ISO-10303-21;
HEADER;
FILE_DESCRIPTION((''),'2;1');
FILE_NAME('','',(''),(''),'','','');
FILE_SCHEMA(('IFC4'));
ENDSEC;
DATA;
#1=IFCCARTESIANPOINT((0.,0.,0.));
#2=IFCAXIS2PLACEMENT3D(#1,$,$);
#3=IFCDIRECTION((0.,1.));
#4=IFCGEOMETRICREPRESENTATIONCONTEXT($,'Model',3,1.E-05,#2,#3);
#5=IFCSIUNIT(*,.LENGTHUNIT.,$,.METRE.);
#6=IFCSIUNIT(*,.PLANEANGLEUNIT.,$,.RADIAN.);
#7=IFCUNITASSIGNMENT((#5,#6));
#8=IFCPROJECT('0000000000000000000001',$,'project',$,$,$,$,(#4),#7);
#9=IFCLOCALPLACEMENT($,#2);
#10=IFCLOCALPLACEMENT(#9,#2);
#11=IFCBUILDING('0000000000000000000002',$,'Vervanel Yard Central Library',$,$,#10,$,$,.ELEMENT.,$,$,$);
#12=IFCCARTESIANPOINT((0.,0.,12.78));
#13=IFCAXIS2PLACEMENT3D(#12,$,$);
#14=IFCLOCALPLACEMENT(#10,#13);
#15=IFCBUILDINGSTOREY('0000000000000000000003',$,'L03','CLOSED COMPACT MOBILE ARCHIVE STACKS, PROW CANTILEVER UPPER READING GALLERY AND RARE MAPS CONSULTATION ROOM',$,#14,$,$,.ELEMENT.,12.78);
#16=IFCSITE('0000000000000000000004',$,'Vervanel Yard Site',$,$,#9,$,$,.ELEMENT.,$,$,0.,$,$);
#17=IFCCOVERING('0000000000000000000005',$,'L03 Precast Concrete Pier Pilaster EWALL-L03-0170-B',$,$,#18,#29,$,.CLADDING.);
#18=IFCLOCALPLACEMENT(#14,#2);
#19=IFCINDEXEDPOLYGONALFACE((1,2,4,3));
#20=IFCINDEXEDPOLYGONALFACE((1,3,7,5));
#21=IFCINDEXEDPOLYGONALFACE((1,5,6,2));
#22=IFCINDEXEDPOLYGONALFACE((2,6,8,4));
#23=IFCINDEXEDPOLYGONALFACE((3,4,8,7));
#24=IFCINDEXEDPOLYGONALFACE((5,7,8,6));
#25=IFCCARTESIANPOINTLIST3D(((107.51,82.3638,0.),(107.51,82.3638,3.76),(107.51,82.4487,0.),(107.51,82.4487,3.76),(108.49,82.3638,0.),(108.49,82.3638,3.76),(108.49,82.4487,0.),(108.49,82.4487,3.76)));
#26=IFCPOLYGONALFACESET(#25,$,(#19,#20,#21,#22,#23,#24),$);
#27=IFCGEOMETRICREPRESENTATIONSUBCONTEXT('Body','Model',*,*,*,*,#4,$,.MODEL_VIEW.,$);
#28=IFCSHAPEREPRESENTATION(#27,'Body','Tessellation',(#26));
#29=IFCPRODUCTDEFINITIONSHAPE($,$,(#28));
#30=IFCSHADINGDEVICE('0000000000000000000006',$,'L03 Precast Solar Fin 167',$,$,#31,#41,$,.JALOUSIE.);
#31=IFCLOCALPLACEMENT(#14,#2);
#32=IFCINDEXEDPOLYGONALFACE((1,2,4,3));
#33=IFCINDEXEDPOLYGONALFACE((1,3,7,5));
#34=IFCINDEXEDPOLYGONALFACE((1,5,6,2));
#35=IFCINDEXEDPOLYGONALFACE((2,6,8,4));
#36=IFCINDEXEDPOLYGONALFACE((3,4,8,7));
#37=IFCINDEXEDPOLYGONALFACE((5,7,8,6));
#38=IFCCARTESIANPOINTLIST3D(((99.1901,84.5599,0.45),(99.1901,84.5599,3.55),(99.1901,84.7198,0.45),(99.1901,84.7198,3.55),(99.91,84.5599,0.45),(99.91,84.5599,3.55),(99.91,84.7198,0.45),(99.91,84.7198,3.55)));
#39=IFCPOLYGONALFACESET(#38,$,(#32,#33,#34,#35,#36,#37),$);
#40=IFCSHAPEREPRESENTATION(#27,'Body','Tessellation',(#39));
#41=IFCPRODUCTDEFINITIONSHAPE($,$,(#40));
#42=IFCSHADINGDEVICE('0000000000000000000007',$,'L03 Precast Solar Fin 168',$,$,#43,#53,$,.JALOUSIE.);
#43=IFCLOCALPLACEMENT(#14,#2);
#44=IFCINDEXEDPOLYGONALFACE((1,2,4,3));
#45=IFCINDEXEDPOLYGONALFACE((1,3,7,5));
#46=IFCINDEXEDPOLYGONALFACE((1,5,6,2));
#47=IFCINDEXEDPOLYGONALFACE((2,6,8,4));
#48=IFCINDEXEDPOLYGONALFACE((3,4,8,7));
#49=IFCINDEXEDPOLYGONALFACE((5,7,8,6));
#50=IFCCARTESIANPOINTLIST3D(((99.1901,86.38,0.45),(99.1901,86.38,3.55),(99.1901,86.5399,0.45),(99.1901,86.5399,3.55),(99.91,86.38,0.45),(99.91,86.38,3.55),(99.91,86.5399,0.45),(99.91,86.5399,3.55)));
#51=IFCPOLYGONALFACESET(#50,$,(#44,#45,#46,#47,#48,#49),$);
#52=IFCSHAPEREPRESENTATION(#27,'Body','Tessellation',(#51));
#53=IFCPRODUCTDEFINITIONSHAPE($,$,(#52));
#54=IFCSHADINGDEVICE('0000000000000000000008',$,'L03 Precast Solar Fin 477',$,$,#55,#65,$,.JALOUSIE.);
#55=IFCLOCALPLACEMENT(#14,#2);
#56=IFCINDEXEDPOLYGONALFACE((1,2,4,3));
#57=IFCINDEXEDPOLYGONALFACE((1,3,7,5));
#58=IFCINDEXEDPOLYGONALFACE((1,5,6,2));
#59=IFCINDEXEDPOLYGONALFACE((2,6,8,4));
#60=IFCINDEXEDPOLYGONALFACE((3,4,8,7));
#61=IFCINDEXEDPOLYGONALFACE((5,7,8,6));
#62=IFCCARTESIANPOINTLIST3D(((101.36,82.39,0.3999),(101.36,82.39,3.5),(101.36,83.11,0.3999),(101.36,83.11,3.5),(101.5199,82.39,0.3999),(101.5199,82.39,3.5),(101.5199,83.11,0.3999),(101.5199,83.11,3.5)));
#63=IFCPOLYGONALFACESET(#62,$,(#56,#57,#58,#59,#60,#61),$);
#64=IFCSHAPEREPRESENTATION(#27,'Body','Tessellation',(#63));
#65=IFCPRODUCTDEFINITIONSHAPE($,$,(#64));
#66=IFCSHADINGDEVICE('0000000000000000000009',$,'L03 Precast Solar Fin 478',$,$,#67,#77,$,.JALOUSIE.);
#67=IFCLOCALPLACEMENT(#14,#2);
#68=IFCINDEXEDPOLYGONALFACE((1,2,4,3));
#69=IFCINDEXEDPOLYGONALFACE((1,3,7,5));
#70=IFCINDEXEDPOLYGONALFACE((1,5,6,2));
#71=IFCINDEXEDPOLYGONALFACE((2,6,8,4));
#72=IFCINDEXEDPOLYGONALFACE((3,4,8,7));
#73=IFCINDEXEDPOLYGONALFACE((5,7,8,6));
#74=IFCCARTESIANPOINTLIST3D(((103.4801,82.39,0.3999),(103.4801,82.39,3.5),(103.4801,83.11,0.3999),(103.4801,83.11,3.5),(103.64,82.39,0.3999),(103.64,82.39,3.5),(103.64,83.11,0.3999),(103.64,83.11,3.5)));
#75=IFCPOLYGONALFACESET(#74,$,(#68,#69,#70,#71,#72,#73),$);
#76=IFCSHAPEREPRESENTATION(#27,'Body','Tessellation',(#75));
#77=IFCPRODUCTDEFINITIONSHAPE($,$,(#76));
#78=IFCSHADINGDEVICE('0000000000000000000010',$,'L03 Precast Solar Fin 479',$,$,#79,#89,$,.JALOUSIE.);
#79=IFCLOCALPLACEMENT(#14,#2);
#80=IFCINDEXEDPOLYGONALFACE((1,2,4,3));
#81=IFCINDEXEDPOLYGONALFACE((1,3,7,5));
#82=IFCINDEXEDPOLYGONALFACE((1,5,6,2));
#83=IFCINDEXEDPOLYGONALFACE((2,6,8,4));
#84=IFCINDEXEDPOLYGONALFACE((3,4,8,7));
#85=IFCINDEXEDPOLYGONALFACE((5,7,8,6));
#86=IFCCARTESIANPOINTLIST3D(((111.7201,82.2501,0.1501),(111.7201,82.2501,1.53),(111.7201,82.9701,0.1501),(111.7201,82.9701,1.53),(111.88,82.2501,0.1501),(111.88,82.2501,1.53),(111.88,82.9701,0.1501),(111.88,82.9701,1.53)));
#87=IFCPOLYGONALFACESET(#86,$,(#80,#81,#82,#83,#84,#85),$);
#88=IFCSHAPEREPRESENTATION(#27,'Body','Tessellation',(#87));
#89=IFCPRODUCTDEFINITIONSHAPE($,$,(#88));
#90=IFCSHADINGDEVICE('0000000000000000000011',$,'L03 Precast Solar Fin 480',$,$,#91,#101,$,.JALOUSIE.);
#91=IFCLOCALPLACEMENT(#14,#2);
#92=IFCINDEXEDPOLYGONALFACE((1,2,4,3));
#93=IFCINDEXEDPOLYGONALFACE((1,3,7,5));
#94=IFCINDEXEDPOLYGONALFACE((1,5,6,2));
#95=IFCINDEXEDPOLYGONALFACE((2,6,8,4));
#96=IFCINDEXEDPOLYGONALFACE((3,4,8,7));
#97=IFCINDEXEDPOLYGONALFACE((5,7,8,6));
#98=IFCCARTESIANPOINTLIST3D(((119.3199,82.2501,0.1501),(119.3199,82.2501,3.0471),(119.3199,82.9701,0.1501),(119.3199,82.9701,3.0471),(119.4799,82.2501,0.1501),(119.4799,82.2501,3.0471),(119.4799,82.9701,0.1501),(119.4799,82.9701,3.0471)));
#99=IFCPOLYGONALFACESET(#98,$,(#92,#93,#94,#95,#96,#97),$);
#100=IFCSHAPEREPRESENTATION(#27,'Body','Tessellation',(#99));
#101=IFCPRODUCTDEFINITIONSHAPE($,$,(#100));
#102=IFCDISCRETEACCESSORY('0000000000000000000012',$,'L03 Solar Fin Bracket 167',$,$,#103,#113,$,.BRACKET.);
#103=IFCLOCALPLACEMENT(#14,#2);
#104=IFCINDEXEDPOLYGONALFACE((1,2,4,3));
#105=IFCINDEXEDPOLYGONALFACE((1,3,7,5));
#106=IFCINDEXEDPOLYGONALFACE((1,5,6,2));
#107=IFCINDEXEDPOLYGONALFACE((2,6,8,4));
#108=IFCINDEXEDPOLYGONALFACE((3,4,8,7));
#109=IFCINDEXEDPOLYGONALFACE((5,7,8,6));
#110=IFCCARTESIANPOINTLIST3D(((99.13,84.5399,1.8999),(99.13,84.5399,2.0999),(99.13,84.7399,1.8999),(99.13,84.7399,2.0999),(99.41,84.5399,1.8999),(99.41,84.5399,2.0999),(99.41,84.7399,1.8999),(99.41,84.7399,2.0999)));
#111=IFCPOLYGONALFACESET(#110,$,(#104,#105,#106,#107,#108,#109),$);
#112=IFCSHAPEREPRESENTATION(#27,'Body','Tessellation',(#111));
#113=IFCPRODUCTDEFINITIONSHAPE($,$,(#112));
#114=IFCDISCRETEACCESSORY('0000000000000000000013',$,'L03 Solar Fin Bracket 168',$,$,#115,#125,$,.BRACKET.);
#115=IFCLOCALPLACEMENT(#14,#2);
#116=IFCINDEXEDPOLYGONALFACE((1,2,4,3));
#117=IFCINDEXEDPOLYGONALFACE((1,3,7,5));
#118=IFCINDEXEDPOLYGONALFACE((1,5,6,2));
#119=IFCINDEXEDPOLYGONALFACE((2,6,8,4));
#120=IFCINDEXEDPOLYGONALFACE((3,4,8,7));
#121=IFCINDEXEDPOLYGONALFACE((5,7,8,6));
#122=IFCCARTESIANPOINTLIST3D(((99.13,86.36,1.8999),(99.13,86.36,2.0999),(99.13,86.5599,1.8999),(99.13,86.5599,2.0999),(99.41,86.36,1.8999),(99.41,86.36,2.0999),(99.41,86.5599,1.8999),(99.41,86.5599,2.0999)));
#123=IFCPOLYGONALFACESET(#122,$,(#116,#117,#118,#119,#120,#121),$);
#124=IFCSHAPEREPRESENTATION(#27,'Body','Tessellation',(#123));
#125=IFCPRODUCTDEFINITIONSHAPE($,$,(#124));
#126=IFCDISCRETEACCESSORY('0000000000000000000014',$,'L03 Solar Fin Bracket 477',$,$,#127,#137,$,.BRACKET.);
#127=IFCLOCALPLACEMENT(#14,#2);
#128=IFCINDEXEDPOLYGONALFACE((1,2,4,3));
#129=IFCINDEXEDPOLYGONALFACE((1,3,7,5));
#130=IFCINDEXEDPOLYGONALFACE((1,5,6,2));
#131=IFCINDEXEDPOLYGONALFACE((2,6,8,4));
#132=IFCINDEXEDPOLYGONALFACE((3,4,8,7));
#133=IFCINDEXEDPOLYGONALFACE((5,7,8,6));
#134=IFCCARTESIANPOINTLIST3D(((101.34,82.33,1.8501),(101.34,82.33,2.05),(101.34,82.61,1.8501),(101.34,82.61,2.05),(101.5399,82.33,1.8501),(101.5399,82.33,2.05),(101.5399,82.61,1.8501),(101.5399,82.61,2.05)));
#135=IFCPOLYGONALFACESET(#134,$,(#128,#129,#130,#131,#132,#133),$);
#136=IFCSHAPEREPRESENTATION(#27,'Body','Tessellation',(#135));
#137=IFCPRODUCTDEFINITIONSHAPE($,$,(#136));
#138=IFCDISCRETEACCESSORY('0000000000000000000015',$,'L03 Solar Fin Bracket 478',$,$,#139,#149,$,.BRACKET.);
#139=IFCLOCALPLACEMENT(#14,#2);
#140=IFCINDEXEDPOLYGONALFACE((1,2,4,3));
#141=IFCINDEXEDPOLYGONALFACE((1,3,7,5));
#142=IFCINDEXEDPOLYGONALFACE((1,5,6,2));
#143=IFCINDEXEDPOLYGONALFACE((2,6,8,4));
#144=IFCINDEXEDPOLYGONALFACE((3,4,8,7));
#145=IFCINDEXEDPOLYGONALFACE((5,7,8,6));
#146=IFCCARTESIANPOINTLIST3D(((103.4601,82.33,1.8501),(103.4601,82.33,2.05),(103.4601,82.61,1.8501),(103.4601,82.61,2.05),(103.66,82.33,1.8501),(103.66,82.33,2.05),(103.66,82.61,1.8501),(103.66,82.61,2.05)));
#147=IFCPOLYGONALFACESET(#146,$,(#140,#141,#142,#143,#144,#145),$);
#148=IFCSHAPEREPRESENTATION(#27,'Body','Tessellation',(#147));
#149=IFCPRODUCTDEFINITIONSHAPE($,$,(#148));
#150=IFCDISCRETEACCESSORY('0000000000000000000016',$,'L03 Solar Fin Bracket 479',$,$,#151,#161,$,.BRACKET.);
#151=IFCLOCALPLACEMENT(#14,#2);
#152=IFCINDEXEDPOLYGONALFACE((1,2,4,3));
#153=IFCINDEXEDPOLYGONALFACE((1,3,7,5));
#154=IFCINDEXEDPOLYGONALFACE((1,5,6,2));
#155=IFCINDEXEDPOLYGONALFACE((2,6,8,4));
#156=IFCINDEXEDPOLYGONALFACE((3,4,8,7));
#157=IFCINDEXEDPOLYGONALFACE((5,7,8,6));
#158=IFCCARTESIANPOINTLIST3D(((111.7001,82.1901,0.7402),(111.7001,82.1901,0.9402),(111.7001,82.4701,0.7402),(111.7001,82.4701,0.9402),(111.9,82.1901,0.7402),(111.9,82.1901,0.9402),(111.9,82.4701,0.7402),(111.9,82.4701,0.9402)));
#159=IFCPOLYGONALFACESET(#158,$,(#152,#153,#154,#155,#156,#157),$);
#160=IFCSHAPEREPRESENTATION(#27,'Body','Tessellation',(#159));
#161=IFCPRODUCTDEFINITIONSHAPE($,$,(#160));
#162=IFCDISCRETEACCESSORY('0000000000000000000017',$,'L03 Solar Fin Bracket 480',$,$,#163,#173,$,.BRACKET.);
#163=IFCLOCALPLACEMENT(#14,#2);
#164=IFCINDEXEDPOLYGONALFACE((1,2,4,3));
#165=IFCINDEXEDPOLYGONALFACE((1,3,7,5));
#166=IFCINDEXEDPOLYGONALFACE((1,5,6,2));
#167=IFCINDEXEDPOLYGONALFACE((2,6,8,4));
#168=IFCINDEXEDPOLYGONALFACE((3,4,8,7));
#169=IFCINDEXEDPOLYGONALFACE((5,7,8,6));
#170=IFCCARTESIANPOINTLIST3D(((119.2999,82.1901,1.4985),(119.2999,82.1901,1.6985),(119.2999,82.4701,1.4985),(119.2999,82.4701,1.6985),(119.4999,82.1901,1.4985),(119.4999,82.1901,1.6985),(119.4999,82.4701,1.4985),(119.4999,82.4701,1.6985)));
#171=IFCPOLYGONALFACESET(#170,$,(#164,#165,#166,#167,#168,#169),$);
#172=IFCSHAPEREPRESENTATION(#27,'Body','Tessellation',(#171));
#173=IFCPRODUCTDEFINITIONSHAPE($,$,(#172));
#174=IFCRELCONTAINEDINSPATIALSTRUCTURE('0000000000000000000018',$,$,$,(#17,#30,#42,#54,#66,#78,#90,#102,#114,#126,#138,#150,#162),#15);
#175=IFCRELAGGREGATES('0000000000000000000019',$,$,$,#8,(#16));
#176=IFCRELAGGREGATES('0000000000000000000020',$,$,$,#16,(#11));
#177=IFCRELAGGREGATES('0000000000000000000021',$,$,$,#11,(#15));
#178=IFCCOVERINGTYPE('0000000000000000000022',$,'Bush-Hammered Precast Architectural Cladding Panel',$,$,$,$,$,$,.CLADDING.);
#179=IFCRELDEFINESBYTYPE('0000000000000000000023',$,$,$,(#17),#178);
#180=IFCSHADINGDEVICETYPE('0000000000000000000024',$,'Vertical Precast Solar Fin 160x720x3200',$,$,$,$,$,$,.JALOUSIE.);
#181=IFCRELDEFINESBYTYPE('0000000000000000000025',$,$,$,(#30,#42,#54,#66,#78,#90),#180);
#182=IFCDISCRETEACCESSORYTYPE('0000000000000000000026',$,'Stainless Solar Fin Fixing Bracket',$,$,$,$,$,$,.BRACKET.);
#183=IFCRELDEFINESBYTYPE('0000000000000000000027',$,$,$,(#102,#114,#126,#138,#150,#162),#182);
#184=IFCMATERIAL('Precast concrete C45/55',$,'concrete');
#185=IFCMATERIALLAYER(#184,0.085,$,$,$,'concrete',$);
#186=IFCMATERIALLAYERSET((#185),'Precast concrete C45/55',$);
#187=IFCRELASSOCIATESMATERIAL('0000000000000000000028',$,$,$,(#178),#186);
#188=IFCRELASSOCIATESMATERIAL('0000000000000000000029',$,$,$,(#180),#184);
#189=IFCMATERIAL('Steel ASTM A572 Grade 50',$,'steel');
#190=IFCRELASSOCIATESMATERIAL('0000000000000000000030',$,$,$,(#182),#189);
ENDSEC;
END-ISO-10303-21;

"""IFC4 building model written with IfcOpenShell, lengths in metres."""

from ifc_helpers import new_model, si_unit, direction, frame, origin, origin_2d, place, context, subcontext, project, spatial, rectangle, extrude, material, layer, layer_set, type_object, element, save


model = new_model("IFC4")

# Units and contexts
model_context = context("Model", 3, precision=1e-05, world=origin(), true_north=direction((0.0, 1.0)))
body_context = subcontext(model_context, "Body", "Model", "MODEL_VIEW")
ifc_project = project(units=[si_unit("LENGTHUNIT", "METRE"), si_unit("PLANEANGLEUNIT", "RADIAN")], contexts=[model_context])

# Site, building, storey
site_placement = place(None, origin())
site = spatial("IfcSite", under=ifc_project, at=site_placement, Name="Vervanel Yard Site", CompositionType="ELEMENT", RefElevation=0.0)
building_placement = place(site_placement, origin())
building = spatial("IfcBuilding", under=site, at=building_placement, Name="Vervanel Yard Central Library", CompositionType="ELEMENT")
storey_placement = place(building_placement, frame((0.0, 0.0, 12.78)))
storey = spatial("IfcBuildingStorey", under=building, at=storey_placement, Name="L03", Description="CLOSED COMPACT MOBILE ARCHIVE STACKS, PROW CANTILEVER UPPER READING GALLERY AND RARE MAPS CONSULTATION ROOM", CompositionType="ELEMENT", Elevation=12.78)

# Covering
ifc_material_1 = material(Name="Precast concrete C45/55", Category="concrete")
ifc_layer_1 = layer(ifc_material_1, 0.085, Category="concrete")
ifc_layer_set_1 = layer_set([ifc_layer_1], Name="Precast concrete C45/55")
covering_type = type_object("IfcCoveringType", Name="Bush-Hammered Precast Architectural Cladding Panel", PredefinedType="CLADDING", material=ifc_layer_set_1)
for number, where, z_axis, x_axis, name in (
    (1, (108.0, 82.4062, 0.0), (0.0, 0.0, 1.0), (1.0, 0.0, 0.0), "L03 Precast Concrete Pier Pilaster EWALL-L03-0170-B"),
):
    element("IfcCovering", number, at=place(storey_placement, frame(where, z_axis=z_axis, x_axis=x_axis)), inside=storey, type_object=covering_type, Name=name, PredefinedType="CLADDING", context=body_context, shape_type="SweptSolid", body=[
        extrude(rectangle(XDim=0.98, YDim=0.085, at=origin_2d()), origin(), (0.0, 0.0, 1.0), 3.76),
    ])

# Shading devices
shading_device_type = type_object("IfcShadingDeviceType", Name="Vertical Precast Solar Fin 160x720x3200", PredefinedType="JALOUSIE", material=ifc_material_1)
for number, where, z_axis, x_axis, name in (
    (2, (99.55, 84.6399, 0.45), (0.0, 0.0, 1.0), (0.0, 1.0, 0.0), "L03 Precast Solar Fin 167"),
    (3, (99.55, 86.46, 0.45), (0.0, 0.0, 1.0), (0.0, 1.0, 0.0), "L03 Precast Solar Fin 168"),
    (4, (101.4399, 82.75, 0.3999), (0.0, 0.0, 1.0), (1.0, 0.0, 0.0), "L03 Precast Solar Fin 477"),
    (5, (103.5601, 82.75, 0.3999), (0.0, 0.0, 1.0), (1.0, 0.0, 0.0), "L03 Precast Solar Fin 478"),
):
    element("IfcShadingDevice", number, at=place(storey_placement, frame(where, z_axis=z_axis, x_axis=x_axis)), inside=storey, type_object=shading_device_type, Name=name, PredefinedType="JALOUSIE", context=body_context, shape_type="SweptSolid", body=[
        extrude(rectangle(XDim=0.1599, YDim=0.72, at=origin_2d()), origin(), (0.0, 0.0, 1.0), 3.1001),
    ])
shading_device_1_placement = place(storey_placement, frame((111.8, 82.6101, 0.1501), z_axis=(0.0, 0.0, 1.0), x_axis=(1.0, 0.0, 0.0)))
element("IfcShadingDevice", 6, at=shading_device_1_placement, inside=storey, type_object=shading_device_type, Name="L03 Precast Solar Fin 479", PredefinedType="JALOUSIE", context=body_context, shape_type="SweptSolid", body=[
    extrude(rectangle(XDim=0.1599, YDim=0.72, at=origin_2d()), origin(), (0.0, 0.0, 1.0), 1.3799),
])
shading_device_2_placement = place(storey_placement, frame((119.3999, 82.6101, 0.1501), z_axis=(0.0, 0.0, 1.0), x_axis=(1.0, 0.0, 0.0)))
element("IfcShadingDevice", 7, at=shading_device_2_placement, inside=storey, type_object=shading_device_type, Name="L03 Precast Solar Fin 480", PredefinedType="JALOUSIE", context=body_context, shape_type="SweptSolid", body=[
    extrude(rectangle(XDim=0.1599, YDim=0.72, at=origin_2d()), origin(), (0.0, 0.0, 1.0), 2.897),
])

# Discrete accessories
ifc_material_2 = material(Name="Steel ASTM A572 Grade 50", Category="steel")
discrete_accessory_type = type_object("IfcDiscreteAccessoryType", Name="Stainless Solar Fin Fixing Bracket", PredefinedType="BRACKET", material=ifc_material_2)
for number, where, z_axis, x_axis, name in (
    (8, (99.27, 84.6399, 1.8999), (0.0, 0.0, 1.0), (0.0, 1.0, 0.0), "L03 Solar Fin Bracket 167"),
    (9, (99.27, 86.46, 1.8999), (0.0, 0.0, 1.0), (0.0, 1.0, 0.0), "L03 Solar Fin Bracket 168"),
    (10, (101.4399, 82.47, 1.8501), (0.0, 0.0, 1.0), (1.0, 0.0, 0.0), "L03 Solar Fin Bracket 477"),
    (11, (103.5601, 82.47, 1.8501), (0.0, 0.0, 1.0), (1.0, 0.0, 0.0), "L03 Solar Fin Bracket 478"),
    (12, (111.8, 82.3301, 0.7402), (0.0, 0.0, 1.0), (1.0, 0.0, 0.0), "L03 Solar Fin Bracket 479"),
    (13, (119.3999, 82.3301, 1.4985), (0.0, 0.0, 1.0), (1.0, 0.0, 0.0), "L03 Solar Fin Bracket 480"),
):
    element("IfcDiscreteAccessory", number, at=place(storey_placement, frame(where, z_axis=z_axis, x_axis=x_axis)), inside=storey, type_object=discrete_accessory_type, Name=name, PredefinedType="BRACKET", context=body_context, shape_type="SweptSolid", body=[
        extrude(rectangle(XDim=0.2, YDim=0.28, at=origin_2d()), origin(), (0.0, 0.0, 1.0), 0.2),
    ])

save(model, "model.ifc")
